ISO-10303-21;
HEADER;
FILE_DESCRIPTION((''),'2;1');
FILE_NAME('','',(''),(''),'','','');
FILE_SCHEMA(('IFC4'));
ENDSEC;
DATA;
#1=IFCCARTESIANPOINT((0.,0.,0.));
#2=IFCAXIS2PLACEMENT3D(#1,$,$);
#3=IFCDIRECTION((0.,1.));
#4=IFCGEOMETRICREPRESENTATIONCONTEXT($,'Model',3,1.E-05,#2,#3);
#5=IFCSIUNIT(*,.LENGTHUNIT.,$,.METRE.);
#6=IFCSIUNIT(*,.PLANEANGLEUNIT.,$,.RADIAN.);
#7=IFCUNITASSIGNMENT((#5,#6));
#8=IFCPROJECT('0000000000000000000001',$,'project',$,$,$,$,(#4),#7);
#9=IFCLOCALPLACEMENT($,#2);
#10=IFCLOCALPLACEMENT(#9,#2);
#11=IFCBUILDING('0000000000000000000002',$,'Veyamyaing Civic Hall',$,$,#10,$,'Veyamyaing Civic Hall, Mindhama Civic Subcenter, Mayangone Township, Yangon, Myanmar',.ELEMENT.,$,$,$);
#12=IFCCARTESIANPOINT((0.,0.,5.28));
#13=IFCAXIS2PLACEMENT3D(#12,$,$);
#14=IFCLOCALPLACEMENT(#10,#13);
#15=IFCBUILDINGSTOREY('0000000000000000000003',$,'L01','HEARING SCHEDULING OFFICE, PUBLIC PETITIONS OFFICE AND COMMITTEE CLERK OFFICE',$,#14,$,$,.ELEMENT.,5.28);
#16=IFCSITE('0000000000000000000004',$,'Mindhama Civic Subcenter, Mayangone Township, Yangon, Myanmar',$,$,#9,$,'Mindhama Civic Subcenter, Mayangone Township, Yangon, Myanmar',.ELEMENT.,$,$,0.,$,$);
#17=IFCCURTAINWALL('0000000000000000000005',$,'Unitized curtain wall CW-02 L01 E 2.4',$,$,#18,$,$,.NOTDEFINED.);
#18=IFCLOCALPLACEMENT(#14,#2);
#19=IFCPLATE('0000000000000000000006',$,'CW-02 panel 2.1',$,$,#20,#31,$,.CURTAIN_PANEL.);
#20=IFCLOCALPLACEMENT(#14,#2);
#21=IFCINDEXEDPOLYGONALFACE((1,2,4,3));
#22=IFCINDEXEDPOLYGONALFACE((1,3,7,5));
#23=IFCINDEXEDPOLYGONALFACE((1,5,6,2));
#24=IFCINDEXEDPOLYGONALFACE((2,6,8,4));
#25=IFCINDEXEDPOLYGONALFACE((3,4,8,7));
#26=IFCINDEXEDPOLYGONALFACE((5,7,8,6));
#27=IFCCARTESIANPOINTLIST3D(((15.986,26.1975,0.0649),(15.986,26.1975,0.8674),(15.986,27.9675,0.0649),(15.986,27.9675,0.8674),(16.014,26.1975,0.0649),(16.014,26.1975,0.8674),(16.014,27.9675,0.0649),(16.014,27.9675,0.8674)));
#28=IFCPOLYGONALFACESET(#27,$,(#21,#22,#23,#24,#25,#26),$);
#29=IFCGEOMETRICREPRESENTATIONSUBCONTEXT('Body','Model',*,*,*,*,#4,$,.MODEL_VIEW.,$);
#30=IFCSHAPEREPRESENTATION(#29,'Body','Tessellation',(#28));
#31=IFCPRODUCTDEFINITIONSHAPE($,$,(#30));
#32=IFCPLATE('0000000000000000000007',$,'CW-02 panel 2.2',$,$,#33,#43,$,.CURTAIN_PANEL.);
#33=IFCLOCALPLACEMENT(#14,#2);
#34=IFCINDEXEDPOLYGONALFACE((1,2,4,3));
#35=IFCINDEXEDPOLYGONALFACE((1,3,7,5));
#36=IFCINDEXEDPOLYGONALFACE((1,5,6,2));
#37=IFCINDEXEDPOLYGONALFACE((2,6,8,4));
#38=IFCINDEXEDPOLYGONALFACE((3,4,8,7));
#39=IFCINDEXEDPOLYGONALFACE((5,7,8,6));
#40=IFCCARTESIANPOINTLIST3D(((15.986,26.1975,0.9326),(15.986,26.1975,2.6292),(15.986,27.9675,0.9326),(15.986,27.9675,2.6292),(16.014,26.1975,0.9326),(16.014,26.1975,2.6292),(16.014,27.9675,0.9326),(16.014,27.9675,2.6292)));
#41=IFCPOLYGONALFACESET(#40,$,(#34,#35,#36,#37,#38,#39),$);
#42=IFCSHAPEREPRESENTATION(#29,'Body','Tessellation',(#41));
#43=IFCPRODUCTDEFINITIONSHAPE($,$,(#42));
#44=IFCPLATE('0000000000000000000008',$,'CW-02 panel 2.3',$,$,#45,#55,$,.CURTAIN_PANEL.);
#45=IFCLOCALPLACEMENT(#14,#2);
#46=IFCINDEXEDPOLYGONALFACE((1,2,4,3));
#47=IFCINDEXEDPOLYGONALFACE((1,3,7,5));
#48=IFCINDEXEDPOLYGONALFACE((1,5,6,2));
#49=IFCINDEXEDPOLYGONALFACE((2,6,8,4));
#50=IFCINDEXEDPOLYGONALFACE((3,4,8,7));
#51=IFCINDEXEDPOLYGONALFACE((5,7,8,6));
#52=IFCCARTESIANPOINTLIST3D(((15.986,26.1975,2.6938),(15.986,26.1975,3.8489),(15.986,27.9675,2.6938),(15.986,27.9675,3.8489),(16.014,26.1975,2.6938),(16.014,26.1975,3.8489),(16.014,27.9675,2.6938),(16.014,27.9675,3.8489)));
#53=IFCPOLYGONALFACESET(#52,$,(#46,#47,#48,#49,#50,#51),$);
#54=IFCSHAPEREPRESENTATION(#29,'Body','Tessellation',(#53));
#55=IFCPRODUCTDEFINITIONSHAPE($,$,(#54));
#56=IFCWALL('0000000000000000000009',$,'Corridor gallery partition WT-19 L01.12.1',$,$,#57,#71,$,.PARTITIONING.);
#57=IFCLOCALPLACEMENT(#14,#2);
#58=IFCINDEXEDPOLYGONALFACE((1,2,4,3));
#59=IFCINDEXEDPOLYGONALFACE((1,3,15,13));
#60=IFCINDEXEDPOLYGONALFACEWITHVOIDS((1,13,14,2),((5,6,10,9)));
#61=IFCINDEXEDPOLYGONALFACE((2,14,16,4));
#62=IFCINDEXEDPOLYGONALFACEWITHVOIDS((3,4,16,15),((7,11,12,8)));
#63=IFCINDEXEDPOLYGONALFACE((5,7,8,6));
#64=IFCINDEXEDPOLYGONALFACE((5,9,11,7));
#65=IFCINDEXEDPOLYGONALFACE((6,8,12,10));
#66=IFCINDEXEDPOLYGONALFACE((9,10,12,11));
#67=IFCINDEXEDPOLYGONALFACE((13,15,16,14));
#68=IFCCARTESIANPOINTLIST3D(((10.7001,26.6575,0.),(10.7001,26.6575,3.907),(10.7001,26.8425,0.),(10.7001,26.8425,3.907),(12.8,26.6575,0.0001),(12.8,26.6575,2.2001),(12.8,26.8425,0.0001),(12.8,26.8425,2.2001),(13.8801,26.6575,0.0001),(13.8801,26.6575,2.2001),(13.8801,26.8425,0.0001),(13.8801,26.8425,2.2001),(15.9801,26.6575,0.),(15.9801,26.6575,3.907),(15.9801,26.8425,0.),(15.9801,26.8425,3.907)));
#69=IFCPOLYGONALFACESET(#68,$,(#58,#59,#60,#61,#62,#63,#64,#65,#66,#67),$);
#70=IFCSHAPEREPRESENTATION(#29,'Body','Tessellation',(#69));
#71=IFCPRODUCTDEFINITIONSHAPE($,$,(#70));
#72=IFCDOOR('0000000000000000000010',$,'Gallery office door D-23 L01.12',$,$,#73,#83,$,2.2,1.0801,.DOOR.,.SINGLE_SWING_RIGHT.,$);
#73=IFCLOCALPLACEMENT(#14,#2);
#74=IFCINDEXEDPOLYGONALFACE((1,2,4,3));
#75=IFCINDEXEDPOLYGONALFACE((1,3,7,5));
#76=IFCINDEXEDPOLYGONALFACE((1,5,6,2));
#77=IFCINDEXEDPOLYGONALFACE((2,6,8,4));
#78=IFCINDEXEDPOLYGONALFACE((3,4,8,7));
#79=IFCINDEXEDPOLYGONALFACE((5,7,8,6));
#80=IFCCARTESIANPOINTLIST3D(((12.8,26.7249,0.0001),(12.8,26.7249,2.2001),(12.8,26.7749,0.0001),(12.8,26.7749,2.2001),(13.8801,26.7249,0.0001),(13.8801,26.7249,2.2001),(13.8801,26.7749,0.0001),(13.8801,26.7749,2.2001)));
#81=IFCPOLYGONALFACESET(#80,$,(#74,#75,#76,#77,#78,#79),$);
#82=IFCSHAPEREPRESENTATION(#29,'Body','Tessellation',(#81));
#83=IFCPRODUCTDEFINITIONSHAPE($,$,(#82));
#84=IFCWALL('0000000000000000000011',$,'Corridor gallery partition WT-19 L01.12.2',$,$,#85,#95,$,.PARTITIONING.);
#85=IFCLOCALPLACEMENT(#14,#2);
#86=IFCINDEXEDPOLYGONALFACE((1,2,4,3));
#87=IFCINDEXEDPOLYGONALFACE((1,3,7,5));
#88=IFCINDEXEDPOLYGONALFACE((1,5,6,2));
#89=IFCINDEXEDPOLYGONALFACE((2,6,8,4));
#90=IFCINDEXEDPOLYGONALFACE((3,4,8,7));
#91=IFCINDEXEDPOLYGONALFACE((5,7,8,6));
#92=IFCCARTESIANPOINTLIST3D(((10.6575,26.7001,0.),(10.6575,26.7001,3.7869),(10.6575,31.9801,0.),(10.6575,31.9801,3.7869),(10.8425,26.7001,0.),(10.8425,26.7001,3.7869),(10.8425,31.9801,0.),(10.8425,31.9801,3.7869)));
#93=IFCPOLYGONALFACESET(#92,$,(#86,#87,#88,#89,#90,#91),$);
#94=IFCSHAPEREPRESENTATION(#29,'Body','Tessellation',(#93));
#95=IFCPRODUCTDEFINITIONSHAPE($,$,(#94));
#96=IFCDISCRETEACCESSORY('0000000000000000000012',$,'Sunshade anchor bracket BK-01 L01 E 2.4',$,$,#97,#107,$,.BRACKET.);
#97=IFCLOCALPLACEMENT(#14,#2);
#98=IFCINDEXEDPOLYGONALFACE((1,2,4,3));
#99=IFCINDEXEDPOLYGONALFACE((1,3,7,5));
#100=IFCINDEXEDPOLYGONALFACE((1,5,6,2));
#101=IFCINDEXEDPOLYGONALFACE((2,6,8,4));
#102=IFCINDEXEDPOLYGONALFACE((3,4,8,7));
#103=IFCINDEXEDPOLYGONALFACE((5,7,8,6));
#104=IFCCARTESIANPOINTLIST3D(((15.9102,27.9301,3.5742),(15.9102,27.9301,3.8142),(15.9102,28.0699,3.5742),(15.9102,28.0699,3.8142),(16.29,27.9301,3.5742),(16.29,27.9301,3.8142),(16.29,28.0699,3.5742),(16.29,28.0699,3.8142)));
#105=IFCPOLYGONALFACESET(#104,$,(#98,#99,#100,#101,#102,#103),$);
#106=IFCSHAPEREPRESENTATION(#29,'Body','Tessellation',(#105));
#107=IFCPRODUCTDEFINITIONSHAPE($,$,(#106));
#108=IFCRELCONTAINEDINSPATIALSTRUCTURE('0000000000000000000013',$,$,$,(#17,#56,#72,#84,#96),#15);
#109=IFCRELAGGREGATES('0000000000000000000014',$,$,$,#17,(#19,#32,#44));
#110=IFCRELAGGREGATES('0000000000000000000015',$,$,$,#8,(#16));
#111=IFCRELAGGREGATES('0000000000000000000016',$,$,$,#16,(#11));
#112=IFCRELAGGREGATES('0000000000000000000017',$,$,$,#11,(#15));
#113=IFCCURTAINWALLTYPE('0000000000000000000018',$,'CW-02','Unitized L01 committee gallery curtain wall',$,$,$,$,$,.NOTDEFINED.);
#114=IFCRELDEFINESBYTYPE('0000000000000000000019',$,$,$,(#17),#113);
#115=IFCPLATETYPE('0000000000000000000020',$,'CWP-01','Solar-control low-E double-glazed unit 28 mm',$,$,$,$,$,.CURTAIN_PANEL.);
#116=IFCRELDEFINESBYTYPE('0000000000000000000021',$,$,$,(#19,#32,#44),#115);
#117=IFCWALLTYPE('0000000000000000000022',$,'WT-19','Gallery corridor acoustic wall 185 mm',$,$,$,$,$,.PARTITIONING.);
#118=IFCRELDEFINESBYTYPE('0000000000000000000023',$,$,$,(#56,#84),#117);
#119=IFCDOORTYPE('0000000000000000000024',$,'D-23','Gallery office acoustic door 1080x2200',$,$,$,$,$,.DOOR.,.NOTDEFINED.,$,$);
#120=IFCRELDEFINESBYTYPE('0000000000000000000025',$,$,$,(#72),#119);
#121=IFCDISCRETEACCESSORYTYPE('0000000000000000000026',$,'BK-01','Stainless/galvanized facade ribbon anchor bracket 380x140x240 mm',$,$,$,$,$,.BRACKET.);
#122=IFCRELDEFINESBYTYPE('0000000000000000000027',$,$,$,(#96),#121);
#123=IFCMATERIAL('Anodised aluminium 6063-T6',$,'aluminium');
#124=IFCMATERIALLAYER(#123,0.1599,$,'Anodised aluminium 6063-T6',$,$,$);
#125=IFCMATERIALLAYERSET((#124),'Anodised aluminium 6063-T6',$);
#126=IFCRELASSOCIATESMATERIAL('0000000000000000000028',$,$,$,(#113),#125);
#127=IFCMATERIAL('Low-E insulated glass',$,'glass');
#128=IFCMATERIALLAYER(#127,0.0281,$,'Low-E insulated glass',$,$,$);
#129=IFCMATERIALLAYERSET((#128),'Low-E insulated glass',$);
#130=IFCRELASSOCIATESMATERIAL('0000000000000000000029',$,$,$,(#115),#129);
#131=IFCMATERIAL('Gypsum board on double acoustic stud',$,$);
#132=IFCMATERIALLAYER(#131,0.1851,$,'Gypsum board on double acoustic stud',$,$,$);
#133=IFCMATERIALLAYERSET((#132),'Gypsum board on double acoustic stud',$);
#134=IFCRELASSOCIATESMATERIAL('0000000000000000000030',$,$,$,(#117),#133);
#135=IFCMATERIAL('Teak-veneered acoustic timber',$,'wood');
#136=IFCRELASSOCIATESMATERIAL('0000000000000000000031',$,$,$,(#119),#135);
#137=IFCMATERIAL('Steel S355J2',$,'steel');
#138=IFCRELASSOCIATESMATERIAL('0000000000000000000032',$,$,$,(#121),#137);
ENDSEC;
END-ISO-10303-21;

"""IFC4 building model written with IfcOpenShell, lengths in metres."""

from ifc_helpers import new_model, si_unit, direction, frame, frame_2d, origin, origin_2d, place, context, subcontext, project, spatial, rectangle, extrude, material, layer, layer_set, type_object, element, fill, aggregate, save


model = new_model("IFC4")

# Units and contexts
model_context = context("Model", 3, precision=1e-05, world=origin(), true_north=direction((0.0, 1.0)))
body_context = subcontext(model_context, "Body", "Model", "MODEL_VIEW")
ifc_project = project(units=[si_unit("LENGTHUNIT", "METRE"), si_unit("PLANEANGLEUNIT", "RADIAN")], contexts=[model_context])

# Site, building, storey
site_placement = place(None, origin())
site = spatial("IfcSite", under=ifc_project, at=site_placement, Name="Mindhama Civic Subcenter, Mayangone Township, Yangon, Myanmar", LongName="Mindhama Civic Subcenter, Mayangone Township, Yangon, Myanmar", CompositionType="ELEMENT", RefElevation=0.0)
building_placement = place(site_placement, origin())
building = spatial("IfcBuilding", under=site, at=building_placement, Name="Veyamyaing Civic Hall", LongName="Veyamyaing Civic Hall, Mindhama Civic Subcenter, Mayangone Township, Yangon, Myanmar", CompositionType="ELEMENT")
storey_placement = place(building_placement, frame((0.0, 0.0, 5.28)))
storey = spatial("IfcBuildingStorey", under=building, at=storey_placement, Name="L01", Description="HEARING SCHEDULING OFFICE, PUBLIC PETITIONS OFFICE AND COMMITTEE CLERK OFFICE", CompositionType="ELEMENT", Elevation=5.28)

# Curtain wall, plates
ifc_material_1 = material(Name="Anodised aluminium 6063-T6", Category="aluminium")
ifc_layer_1 = layer(ifc_material_1, 0.1599, Name="Anodised aluminium 6063-T6")
ifc_layer_set_1 = layer_set([ifc_layer_1], Name="Anodised aluminium 6063-T6")
curtain_wall_type = type_object("IfcCurtainWallType", Name="CW-02", Description="Unitized L01 committee gallery curtain wall", PredefinedType="NOTDEFINED", material=ifc_layer_set_1)
curtain_wall_placement = place(storey_placement, origin())
curtain_wall = element("IfcCurtainWall", 1, at=curtain_wall_placement, inside=storey, type_object=curtain_wall_type, Name="Unitized curtain wall CW-02 L01 E 2.4", PredefinedType="NOTDEFINED")
ifc_material_2 = material(Name="Low-E insulated glass", Category="glass")
ifc_layer_2 = layer(ifc_material_2, 0.0281, Name="Low-E insulated glass")
ifc_layer_set_2 = layer_set([ifc_layer_2], Name="Low-E insulated glass")
plate_type = type_object("IfcPlateType", Name="CWP-01", Description="Solar-control low-E double-glazed unit 28 mm", PredefinedType="CURTAIN_PANEL", material=ifc_layer_set_2)
plate_1_placement = place(storey_placement, frame((16.0, 27.0825, 0.0649), z_axis=(0.0, 0.0, 1.0), x_axis=(0.0, 1.0, 0.0)))
plate_1 = element("IfcPlate", 2, at=plate_1_placement, type_object=plate_type, Name="CW-02 panel 2.1", PredefinedType="CURTAIN_PANEL", context=body_context, shape_type="SweptSolid", body=[
    extrude(rectangle(XDim=1.77, YDim=0.0281, at=origin_2d()), origin(), (0.0, 0.0, 1.0), 0.8025),
])
plate_2_placement = place(storey_placement, frame((16.0, 27.0825, 0.9326), z_axis=(0.0, 0.0, 1.0), x_axis=(0.0, 1.0, 0.0)))
plate_2 = element("IfcPlate", 3, at=plate_2_placement, type_object=plate_type, Name="CW-02 panel 2.2", PredefinedType="CURTAIN_PANEL", context=body_context, shape_type="SweptSolid", body=[
    extrude(rectangle(XDim=1.77, YDim=0.0281, at=origin_2d()), origin(), (0.0, 0.0, 1.0), 1.6965),
])
plate_3_placement = place(storey_placement, frame((16.0, 27.0825, 2.6938), z_axis=(0.0, 0.0, 1.0), x_axis=(0.0, 1.0, 0.0)))
plate_3 = element("IfcPlate", 4, at=plate_3_placement, type_object=plate_type, Name="CW-02 panel 2.3", PredefinedType="CURTAIN_PANEL", context=body_context, shape_type="SweptSolid", body=[
    extrude(rectangle(XDim=1.77, YDim=0.0281, at=origin_2d()), origin(), (0.0, 0.0, 1.0), 1.155),
])
aggregate(curtain_wall, [plate_1, plate_2, plate_3])

# Wall, opening, door
ifc_material_3 = material(Name="Gypsum board on double acoustic stud")
ifc_layer_3 = layer(ifc_material_3, 0.1851, Name="Gypsum board on double acoustic stud")
ifc_layer_set_3 = layer_set([ifc_layer_3], Name="Gypsum board on double acoustic stud")
wall_type = type_object("IfcWallType", Name="WT-19", Description="Gallery corridor acoustic wall 185 mm", PredefinedType="PARTITIONING", material=ifc_layer_set_3)
wall_1_placement = place(storey_placement, frame((10.7, 26.75, 0.0), z_axis=(0.0, 0.0, 1.0), x_axis=(1.0, 0.0, 0.0)))
wall_1 = element("IfcWall", 5, at=wall_1_placement, inside=storey, type_object=wall_type, Name="Corridor gallery partition WT-19 L01.12.1", PredefinedType="PARTITIONING", context=body_context, shape_type="SweptSolid", body=[
    extrude(rectangle(XDim=5.28, YDim=0.1851, at=frame_2d((2.6401, 0.0))), origin(), (0.0, 0.0, 1.0), 3.907),
])
opening_placement = place(wall_1_placement, frame((2.1001, 0.0, 0.0)))
opening = element("IfcOpeningElement", 6, at=opening_placement, cuts=wall_1, PredefinedType="OPENING", context=body_context, shape_type="SweptSolid", body=[
    extrude(rectangle(XDim=1.0801, YDim=2.2, at=frame_2d((0.54, 1.1001))), frame((0.0, 0.1025, 0.0), z_axis=(0.0, -1.0, 0.0), x_axis=(1.0, 0.0, 0.0)), (0.0, 0.0, 1.0), 0.2051),
])
ifc_material_4 = material(Name="Teak-veneered acoustic timber", Category="wood")
door_type = type_object("IfcDoorType", Name="D-23", Description="Gallery office acoustic door 1080x2200", OperationType="NOTDEFINED", PredefinedType="DOOR", material=ifc_material_4)
door_placement = place(opening_placement, origin())
door = element("IfcDoor", 7, at=door_placement, inside=storey, type_object=door_type, Name="Gallery office door D-23 L01.12", OperationType="SINGLE_SWING_RIGHT", OverallHeight=2.2, OverallWidth=1.0801, PredefinedType="DOOR", context=body_context, shape_type="SweptSolid", body=[
    extrude(rectangle(XDim=1.0801, YDim=2.2, at=frame_2d((0.54, 1.1001))), frame((0.0, 0.0249, 0.0), z_axis=(0.0, -1.0, 0.0), x_axis=(1.0, 0.0, 0.0)), (0.0, 0.0, 1.0), 0.05),
])
fill(opening, door)

# Wall
wall_2_placement = place(storey_placement, frame((10.75, 26.7, 0.0), z_axis=(0.0, 0.0, 1.0), x_axis=(0.0, 1.0, 0.0)))
element("IfcWall", 8, at=wall_2_placement, inside=storey, type_object=wall_type, Name="Corridor gallery partition WT-19 L01.12.2", PredefinedType="PARTITIONING", context=body_context, shape_type="SweptSolid", body=[
    extrude(rectangle(XDim=5.28, YDim=0.1851, at=frame_2d((2.6401, 0.0))), origin(), (0.0, 0.0, 1.0), 3.7869),
])

# Discrete accessory
ifc_material_5 = material(Name="Steel S355J2", Category="steel")
discrete_accessory_type = type_object("IfcDiscreteAccessoryType", Name="BK-01", Description="Stainless/galvanized facade ribbon anchor bracket 380x140x240 mm", PredefinedType="BRACKET", material=ifc_material_5)
discrete_accessory_placement = place(storey_placement, frame((16.1001, 28.0, 3.5742), z_axis=(0.0, 0.0, 1.0), x_axis=(1.0, 0.0, 0.0)))
element("IfcDiscreteAccessory", 9, at=discrete_accessory_placement, inside=storey, type_object=discrete_accessory_type, Name="Sunshade anchor bracket BK-01 L01 E 2.4", PredefinedType="BRACKET", context=body_context, shape_type="SweptSolid", body=[
    extrude(rectangle(XDim=0.3799, YDim=0.1399, at=origin_2d()), origin(), (0.0, 0.0, 1.0), 0.24),
])

save(model, "model.ifc")
